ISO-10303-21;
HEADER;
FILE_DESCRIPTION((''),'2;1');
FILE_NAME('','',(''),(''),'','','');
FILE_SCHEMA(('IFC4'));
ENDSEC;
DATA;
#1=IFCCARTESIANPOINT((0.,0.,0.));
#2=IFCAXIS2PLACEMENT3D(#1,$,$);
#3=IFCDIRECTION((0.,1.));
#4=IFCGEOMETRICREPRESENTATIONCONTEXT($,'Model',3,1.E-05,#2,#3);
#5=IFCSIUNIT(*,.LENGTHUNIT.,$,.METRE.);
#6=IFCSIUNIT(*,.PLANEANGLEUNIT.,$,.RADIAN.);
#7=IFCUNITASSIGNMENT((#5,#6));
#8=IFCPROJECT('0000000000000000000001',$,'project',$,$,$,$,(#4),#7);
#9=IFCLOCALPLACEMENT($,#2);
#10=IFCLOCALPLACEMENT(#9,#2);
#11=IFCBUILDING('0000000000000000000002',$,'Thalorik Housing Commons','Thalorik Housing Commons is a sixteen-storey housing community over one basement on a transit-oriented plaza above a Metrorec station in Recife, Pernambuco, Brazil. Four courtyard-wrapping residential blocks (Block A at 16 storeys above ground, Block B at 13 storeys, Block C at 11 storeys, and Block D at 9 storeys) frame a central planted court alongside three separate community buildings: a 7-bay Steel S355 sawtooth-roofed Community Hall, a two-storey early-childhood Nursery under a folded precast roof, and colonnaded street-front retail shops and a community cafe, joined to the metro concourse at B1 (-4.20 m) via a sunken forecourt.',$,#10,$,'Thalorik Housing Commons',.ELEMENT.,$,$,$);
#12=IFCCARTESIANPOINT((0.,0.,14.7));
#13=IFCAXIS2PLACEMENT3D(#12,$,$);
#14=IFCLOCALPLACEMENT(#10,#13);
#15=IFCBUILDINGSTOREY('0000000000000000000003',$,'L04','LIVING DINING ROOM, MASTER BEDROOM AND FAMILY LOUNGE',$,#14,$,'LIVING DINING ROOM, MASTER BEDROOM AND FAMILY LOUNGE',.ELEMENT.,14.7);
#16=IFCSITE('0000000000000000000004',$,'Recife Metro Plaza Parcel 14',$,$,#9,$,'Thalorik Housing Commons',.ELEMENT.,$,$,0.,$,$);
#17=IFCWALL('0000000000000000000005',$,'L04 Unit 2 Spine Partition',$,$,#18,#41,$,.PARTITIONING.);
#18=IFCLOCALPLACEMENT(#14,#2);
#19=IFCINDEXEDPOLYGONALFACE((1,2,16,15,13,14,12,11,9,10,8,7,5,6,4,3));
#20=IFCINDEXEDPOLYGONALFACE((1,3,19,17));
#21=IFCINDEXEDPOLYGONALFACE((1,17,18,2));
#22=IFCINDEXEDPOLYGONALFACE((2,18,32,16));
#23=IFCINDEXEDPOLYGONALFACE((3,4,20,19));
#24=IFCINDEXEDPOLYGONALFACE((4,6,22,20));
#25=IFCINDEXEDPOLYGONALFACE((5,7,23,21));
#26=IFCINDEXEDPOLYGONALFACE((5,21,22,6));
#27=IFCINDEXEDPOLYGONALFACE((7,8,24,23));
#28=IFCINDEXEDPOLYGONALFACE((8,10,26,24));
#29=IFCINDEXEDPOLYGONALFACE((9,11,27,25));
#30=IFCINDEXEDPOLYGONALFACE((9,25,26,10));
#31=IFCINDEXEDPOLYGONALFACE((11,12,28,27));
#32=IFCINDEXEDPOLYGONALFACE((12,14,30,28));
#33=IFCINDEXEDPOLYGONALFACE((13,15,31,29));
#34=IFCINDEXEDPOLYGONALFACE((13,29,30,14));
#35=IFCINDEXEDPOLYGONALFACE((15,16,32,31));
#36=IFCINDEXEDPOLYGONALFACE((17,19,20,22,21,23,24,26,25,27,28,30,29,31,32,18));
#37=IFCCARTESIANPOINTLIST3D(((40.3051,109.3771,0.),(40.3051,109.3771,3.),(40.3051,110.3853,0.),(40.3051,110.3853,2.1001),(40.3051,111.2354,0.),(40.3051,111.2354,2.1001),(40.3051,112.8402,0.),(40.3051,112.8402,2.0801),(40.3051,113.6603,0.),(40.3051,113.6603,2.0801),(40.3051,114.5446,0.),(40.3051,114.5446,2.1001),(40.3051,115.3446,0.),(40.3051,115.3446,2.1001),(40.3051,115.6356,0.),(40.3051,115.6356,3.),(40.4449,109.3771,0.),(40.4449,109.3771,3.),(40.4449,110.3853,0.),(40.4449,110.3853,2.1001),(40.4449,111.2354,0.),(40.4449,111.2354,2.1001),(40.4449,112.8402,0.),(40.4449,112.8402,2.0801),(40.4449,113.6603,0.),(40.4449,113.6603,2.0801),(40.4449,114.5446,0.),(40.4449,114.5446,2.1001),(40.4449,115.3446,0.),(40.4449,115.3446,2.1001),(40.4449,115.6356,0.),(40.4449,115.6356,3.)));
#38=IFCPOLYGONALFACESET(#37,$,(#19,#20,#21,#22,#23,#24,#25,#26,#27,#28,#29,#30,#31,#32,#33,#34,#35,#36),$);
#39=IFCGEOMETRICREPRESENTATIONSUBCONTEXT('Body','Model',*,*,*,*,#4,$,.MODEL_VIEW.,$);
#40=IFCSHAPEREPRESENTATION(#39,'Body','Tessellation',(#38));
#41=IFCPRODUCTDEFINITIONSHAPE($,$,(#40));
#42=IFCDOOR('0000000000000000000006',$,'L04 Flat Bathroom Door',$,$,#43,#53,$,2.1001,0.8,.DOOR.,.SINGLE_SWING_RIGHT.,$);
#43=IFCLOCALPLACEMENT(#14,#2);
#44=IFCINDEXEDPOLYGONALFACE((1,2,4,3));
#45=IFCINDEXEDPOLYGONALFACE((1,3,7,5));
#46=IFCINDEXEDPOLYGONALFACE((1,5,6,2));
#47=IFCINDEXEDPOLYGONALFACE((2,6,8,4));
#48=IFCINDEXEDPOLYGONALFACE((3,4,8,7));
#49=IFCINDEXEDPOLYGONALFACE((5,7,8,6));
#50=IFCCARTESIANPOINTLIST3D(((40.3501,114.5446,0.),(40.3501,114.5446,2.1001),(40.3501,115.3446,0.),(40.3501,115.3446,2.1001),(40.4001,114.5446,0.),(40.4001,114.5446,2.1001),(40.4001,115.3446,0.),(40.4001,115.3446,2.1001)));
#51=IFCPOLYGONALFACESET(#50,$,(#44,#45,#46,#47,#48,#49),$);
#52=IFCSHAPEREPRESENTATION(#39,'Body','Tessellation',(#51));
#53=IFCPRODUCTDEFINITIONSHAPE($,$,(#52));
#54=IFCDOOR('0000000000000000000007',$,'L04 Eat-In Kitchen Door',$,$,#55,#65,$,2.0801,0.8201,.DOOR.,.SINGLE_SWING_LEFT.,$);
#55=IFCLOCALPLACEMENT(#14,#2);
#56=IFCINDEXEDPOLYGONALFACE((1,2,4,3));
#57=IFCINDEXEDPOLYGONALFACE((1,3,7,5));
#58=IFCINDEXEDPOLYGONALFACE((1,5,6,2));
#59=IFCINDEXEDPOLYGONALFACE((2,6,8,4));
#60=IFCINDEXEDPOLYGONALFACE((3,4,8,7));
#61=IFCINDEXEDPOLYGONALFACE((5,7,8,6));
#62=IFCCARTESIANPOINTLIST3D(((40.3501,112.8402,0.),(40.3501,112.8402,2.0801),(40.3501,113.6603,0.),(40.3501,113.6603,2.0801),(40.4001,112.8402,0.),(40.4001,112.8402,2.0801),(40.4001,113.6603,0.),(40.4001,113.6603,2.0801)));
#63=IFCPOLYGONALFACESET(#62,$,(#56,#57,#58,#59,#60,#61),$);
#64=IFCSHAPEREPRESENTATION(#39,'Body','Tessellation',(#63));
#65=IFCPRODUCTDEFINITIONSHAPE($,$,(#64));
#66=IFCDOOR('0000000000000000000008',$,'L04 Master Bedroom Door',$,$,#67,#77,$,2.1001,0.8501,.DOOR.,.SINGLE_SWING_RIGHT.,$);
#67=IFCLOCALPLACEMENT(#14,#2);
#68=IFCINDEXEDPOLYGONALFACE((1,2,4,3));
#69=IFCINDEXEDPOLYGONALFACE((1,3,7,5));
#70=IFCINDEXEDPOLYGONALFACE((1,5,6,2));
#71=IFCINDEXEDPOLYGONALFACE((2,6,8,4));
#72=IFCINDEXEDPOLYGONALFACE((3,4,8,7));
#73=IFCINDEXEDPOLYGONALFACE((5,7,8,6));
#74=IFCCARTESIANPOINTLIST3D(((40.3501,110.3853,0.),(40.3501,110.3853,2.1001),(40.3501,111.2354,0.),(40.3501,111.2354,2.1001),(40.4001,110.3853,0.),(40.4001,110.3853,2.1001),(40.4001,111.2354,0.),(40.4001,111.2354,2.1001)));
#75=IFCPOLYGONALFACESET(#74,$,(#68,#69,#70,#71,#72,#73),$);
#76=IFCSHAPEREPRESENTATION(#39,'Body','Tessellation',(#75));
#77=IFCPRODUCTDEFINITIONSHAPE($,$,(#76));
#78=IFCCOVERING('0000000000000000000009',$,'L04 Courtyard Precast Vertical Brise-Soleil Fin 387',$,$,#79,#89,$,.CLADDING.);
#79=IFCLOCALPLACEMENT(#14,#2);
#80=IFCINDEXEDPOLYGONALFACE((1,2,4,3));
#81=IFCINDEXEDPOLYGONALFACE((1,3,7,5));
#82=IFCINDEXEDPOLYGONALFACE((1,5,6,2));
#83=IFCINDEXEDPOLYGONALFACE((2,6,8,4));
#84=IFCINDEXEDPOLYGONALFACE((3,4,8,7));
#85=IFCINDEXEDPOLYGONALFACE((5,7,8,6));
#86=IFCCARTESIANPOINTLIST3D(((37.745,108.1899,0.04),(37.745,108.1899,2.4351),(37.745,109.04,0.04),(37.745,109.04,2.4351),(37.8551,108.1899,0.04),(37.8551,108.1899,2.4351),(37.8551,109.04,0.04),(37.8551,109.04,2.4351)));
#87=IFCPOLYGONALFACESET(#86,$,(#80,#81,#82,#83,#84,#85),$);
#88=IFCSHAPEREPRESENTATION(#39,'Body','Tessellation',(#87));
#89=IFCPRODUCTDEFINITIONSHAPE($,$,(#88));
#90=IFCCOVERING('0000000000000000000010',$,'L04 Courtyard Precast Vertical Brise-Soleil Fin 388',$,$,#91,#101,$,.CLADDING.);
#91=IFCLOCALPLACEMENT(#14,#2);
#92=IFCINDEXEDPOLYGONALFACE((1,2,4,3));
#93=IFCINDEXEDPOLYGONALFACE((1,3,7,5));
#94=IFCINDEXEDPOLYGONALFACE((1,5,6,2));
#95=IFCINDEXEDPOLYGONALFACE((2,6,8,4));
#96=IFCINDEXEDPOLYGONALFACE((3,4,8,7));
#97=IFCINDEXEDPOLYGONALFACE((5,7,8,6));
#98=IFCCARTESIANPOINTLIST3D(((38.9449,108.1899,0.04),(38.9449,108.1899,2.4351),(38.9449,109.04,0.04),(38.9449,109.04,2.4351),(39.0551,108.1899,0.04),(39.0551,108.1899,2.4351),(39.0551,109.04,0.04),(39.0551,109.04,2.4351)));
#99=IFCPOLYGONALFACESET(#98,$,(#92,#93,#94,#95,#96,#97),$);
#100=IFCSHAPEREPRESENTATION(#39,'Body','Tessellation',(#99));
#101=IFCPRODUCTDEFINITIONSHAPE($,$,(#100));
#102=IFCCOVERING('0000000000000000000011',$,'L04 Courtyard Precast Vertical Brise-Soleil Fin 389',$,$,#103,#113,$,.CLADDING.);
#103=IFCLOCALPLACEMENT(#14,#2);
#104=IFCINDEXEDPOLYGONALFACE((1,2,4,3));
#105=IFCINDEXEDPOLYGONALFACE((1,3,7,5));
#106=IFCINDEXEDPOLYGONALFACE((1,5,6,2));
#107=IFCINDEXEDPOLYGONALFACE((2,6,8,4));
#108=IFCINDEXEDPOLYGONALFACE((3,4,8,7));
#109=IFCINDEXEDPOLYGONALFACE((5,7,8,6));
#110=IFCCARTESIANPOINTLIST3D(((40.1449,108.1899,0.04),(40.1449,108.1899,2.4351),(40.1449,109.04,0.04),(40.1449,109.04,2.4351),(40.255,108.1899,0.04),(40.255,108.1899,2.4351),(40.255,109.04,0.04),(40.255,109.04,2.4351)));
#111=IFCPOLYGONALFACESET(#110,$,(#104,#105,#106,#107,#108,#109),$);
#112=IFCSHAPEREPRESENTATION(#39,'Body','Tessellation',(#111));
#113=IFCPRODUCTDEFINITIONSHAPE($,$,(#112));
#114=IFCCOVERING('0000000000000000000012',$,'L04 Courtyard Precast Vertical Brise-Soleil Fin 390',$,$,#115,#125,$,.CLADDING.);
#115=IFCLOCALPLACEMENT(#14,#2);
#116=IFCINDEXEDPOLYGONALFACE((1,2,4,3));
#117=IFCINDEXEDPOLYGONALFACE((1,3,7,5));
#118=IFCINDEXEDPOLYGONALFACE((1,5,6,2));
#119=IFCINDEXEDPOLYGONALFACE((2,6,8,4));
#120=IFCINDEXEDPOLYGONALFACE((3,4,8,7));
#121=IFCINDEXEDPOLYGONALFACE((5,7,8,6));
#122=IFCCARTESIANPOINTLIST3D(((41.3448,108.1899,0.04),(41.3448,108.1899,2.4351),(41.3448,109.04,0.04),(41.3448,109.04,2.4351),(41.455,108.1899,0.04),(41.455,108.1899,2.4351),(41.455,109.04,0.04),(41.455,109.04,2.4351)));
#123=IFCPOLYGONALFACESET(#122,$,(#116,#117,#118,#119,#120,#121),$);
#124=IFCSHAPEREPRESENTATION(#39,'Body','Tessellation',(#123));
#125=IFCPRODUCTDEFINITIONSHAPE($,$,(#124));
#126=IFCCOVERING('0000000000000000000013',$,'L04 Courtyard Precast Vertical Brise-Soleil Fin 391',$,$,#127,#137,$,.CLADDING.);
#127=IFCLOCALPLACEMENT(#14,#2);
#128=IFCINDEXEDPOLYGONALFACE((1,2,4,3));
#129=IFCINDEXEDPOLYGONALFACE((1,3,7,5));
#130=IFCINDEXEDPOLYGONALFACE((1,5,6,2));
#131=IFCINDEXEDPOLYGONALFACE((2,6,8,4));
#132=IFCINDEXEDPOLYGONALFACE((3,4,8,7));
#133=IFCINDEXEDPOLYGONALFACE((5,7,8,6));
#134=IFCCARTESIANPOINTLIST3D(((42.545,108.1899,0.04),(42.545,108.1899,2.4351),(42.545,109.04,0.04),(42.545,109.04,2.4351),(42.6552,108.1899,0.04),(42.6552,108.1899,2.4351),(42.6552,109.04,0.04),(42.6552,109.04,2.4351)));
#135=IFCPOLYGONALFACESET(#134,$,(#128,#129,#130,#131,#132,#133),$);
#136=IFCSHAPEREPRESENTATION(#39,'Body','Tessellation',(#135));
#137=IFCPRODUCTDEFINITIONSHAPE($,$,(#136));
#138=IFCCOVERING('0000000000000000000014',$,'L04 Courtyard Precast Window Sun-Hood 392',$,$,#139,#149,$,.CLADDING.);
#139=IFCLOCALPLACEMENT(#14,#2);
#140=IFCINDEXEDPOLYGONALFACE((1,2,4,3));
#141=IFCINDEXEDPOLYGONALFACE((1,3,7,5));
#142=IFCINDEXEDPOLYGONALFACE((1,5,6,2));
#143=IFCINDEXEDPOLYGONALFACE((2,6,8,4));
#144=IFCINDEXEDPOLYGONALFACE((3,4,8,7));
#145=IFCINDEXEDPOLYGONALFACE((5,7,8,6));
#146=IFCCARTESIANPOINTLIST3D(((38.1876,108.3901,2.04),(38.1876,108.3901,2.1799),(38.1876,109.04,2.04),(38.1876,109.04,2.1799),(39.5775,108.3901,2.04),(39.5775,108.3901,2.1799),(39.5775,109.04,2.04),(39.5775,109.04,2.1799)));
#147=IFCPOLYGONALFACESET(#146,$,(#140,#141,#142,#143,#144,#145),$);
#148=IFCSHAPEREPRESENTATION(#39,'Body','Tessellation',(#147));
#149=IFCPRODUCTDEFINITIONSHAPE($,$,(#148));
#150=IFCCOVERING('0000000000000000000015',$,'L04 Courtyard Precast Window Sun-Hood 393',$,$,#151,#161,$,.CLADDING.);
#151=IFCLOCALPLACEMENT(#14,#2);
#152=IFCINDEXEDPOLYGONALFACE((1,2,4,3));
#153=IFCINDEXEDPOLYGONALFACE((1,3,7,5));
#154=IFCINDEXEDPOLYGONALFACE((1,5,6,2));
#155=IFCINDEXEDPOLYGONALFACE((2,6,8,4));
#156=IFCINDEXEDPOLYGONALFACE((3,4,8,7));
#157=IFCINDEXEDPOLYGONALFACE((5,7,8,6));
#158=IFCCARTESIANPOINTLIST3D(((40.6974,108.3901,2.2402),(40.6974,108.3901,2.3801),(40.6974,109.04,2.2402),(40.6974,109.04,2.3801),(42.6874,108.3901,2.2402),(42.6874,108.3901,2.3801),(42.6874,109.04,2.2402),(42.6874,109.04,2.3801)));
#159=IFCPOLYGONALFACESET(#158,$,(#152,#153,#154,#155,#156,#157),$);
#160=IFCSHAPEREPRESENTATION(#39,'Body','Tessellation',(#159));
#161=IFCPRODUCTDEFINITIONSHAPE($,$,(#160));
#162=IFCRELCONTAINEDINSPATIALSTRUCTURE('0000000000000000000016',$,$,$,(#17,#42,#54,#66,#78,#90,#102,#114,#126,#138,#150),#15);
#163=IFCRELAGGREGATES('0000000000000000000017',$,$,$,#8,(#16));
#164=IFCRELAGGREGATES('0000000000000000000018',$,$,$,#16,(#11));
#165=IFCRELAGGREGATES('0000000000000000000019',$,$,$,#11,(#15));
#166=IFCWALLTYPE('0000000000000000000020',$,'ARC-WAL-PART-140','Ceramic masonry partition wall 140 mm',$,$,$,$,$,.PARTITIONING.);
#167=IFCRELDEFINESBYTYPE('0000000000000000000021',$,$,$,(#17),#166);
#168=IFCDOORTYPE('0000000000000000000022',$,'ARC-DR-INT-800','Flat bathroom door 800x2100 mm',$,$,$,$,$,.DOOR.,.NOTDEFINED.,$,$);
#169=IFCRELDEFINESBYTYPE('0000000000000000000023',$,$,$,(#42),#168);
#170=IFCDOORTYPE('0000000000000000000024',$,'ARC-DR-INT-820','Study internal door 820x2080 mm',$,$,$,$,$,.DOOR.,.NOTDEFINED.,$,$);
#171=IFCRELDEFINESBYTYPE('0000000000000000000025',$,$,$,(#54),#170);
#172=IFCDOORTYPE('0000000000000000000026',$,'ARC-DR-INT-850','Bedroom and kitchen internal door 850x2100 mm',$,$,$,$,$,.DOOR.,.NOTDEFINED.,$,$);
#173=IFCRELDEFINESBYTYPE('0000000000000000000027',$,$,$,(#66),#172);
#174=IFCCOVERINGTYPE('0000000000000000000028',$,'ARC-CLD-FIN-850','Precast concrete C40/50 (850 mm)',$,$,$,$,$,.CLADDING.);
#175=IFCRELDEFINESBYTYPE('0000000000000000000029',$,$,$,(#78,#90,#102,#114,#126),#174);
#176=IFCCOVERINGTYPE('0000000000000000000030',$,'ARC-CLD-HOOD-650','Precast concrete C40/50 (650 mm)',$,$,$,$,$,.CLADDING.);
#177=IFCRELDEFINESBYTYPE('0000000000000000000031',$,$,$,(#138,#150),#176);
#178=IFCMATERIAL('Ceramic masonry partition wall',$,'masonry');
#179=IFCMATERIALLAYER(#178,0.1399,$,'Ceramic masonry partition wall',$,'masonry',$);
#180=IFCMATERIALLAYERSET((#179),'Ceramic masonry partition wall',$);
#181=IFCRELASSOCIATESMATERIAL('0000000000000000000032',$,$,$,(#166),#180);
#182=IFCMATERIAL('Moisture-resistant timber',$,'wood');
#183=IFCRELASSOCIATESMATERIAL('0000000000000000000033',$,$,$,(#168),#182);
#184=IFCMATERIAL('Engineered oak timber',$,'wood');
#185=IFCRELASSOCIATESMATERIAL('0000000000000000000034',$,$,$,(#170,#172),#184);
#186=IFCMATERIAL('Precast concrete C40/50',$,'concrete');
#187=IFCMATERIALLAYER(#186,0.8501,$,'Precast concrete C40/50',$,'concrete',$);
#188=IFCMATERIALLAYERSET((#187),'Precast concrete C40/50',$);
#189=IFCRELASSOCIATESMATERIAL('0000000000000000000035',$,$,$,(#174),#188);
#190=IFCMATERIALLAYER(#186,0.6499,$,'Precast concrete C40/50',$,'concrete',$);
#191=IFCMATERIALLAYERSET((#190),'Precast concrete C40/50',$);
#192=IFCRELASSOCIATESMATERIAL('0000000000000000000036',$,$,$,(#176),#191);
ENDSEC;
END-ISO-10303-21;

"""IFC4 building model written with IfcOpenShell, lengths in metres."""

from ifc_helpers import new_model, si_unit, direction, frame, frame_2d, origin, origin_2d, place, context, subcontext, project, spatial, rectangle, extrude, material, layer, layer_set, type_object, element, fill, save


model = new_model("IFC4")

# Units and contexts
model_context = context("Model", 3, precision=1e-05, world=origin(), true_north=direction((0.0, 1.0)))
body_context = subcontext(model_context, "Body", "Model", "MODEL_VIEW")
ifc_project = project(units=[si_unit("LENGTHUNIT", "METRE"), si_unit("PLANEANGLEUNIT", "RADIAN")], contexts=[model_context])

# Site, building, storey
site_placement = place(None, origin())
site = spatial("IfcSite", under=ifc_project, at=site_placement, Name="Recife Metro Plaza Parcel 14", LongName="Thalorik Housing Commons", CompositionType="ELEMENT", RefElevation=0.0)
building_placement = place(site_placement, origin())
building = spatial("IfcBuilding", under=site, at=building_placement, Name="Thalorik Housing Commons", Description="Thalorik Housing Commons is a sixteen-storey housing community over one basement on a transit-oriented plaza above a Metrorec station in Recife, Pernambuco, Brazil. Four courtyard-wrapping residential blocks (Block A at 16 storeys above ground, Block B at 13 storeys, Block C at 11 storeys, and Block D at 9 storeys) frame a central planted court alongside three separate community buildings: a 7-bay Steel S355 sawtooth-roofed Community Hall, a two-storey early-childhood Nursery under a folded precast roof, and colonnaded street-front retail shops and a community cafe, joined to the metro concourse at B1 (-4.20 m) via a sunken forecourt.", LongName="Thalorik Housing Commons", CompositionType="ELEMENT")
storey_placement = place(building_placement, frame((0.0, 0.0, 14.7)))
storey = spatial("IfcBuildingStorey", under=building, at=storey_placement, Name="L04", Description="LIVING DINING ROOM, MASTER BEDROOM AND FAMILY LOUNGE", LongName="LIVING DINING ROOM, MASTER BEDROOM AND FAMILY LOUNGE", CompositionType="ELEMENT", Elevation=14.7)

# Shared definitions
ifc_material_1 = material(Name="Precast concrete C40/50", Category="concrete")

# Wall, openings, doors
ifc_material_2 = material(Name="Ceramic masonry partition wall", Category="masonry")
ifc_layer_1 = layer(ifc_material_2, 0.1399, Name="Ceramic masonry partition wall", Category="masonry")
ifc_layer_set_1 = layer_set([ifc_layer_1], Name="Ceramic masonry partition wall")
wall_type_1 = type_object("IfcWallType", Name="ARC-WAL-PART-140", Description="Ceramic masonry partition wall 140 mm", PredefinedType="PARTITIONING", material=ifc_layer_set_1)
wall_1_placement = place(storey_placement, frame((40.375, 109.377, 0.0), z_axis=(0.0, 0.0, 1.0), x_axis=(0.0, 1.0, 0.0)))
wall_1 = element("IfcWall", 1, at=wall_1_placement, inside=storey, type_object=wall_type_1, Name="L04 Unit 2 Spine Partition", PredefinedType="PARTITIONING", context=body_context, shape_type="SweptSolid", body=[
    extrude(rectangle(XDim=6.2585, YDim=0.1399, at=frame_2d((3.1294, 0.0))), origin(), (0.0, 0.0, 1.0), 3.0),
])
opening_1_placement = place(wall_1_placement, frame((1.0083, 0.0, 0.0)))
opening_1 = element("IfcOpeningElement", 2, at=opening_1_placement, cuts=wall_1, PredefinedType="OPENING", context=body_context, shape_type="SweptSolid", body=[
    extrude(rectangle(XDim=0.8501, YDim=2.1001, at=frame_2d((0.425, 1.05))), frame((0.0, 0.0801, 0.0), z_axis=(0.0, -1.0, 0.0), x_axis=(1.0, 0.0, 0.0)), (0.0, 0.0, 1.0), 0.1599),
])
opening_2_placement = place(wall_1_placement, frame((3.4631, 0.0, 0.0)))
opening_2 = element("IfcOpeningElement", 3, at=opening_2_placement, cuts=wall_1, PredefinedType="OPENING", context=body_context, shape_type="SweptSolid", body=[
    extrude(rectangle(XDim=0.8201, YDim=2.0801, at=frame_2d((0.4102, 1.04))), frame((0.0, 0.0801, 0.0), z_axis=(0.0, -1.0, 0.0), x_axis=(1.0, 0.0, 0.0)), (0.0, 0.0, 1.0), 0.1599),
])
opening_3_placement = place(wall_1_placement, frame((5.1677, 0.0, 0.0)))
opening_3 = element("IfcOpeningElement", 4, at=opening_3_placement, cuts=wall_1, PredefinedType="OPENING", context=body_context, shape_type="SweptSolid", body=[
    extrude(rectangle(XDim=0.8, YDim=2.1001, at=frame_2d((0.3999, 1.05))), frame((0.0, 0.0801, 0.0), z_axis=(0.0, -1.0, 0.0), x_axis=(1.0, 0.0, 0.0)), (0.0, 0.0, 1.0), 0.1599),
])
ifc_material_3 = material(Name="Moisture-resistant timber", Category="wood")
door_type_1 = type_object("IfcDoorType", Name="ARC-DR-INT-800", Description="Flat bathroom door 800x2100 mm", OperationType="NOTDEFINED", PredefinedType="DOOR", material=ifc_material_3)
door_1_placement = place(opening_3_placement, origin())
door_1 = element("IfcDoor", 5, at=door_1_placement, inside=storey, type_object=door_type_1, Name="L04 Flat Bathroom Door", OperationType="SINGLE_SWING_RIGHT", OverallHeight=2.1001, OverallWidth=0.8, PredefinedType="DOOR", context=body_context, shape_type="SweptSolid", body=[
    extrude(rectangle(XDim=0.8, YDim=2.1001, at=frame_2d((0.3999, 1.05))), frame((0.0, 0.0249, 0.0), z_axis=(0.0, -1.0, 0.0), x_axis=(1.0, 0.0, 0.0)), (0.0, 0.0, 1.0), 0.05),
])
fill(opening_3, door_1)
ifc_material_4 = material(Name="Engineered oak timber", Category="wood")
door_type_2 = type_object("IfcDoorType", Name="ARC-DR-INT-820", Description="Study internal door 820x2080 mm", OperationType="NOTDEFINED", PredefinedType="DOOR", material=ifc_material_4)
door_2_placement = place(opening_2_placement, origin())
door_2 = element("IfcDoor", 6, at=door_2_placement, inside=storey, type_object=door_type_2, Name="L04 Eat-In Kitchen Door", OperationType="SINGLE_SWING_LEFT", OverallHeight=2.0801, OverallWidth=0.8201, PredefinedType="DOOR", context=body_context, shape_type="SweptSolid", body=[
    extrude(rectangle(XDim=0.8201, YDim=2.0801, at=frame_2d((0.4102, 1.04))), frame((0.0, 0.0249, 0.0), z_axis=(0.0, -1.0, 0.0), x_axis=(1.0, 0.0, 0.0)), (0.0, 0.0, 1.0), 0.05),
])
fill(opening_2, door_2)
door_type_3 = type_object("IfcDoorType", Name="ARC-DR-INT-850", Description="Bedroom and kitchen internal door 850x2100 mm", OperationType="NOTDEFINED", PredefinedType="DOOR", material=ifc_material_4)
door_3_placement = place(opening_1_placement, origin())
door_3 = element("IfcDoor", 7, at=door_3_placement, inside=storey, type_object=door_type_3, Name="L04 Master Bedroom Door", OperationType="SINGLE_SWING_RIGHT", OverallHeight=2.1001, OverallWidth=0.8501, PredefinedType="DOOR", context=body_context, shape_type="SweptSolid", body=[
    extrude(rectangle(XDim=0.8501, YDim=2.1001, at=frame_2d((0.425, 1.05))), frame((0.0, 0.0249, 0.0), z_axis=(0.0, -1.0, 0.0), x_axis=(1.0, 0.0, 0.0)), (0.0, 0.0, 1.0), 0.05),
])
fill(opening_1, door_3)

# Coverings
ifc_layer_2 = layer(ifc_material_1, 0.8501, Name="Precast concrete C40/50", Category="concrete")
ifc_layer_set_2 = layer_set([ifc_layer_2], Name="Precast concrete C40/50")
covering_type_1 = type_object("IfcCoveringType", Name="ARC-CLD-FIN-850", Description="Precast concrete C40/50 (850 mm)", PredefinedType="CLADDING", material=ifc_layer_set_2)
for number, where, z_axis, x_axis, name in (
    (8, (37.8, 108.615, 0.04), (0.0, 0.0, 1.0), (1.0, 0.0, 0.0), "L04 Courtyard Precast Vertical Brise-Soleil Fin 387"),
    (9, (39.0, 108.615, 0.04), (0.0, 0.0, 1.0), (1.0, 0.0, 0.0), "L04 Courtyard Precast Vertical Brise-Soleil Fin 388"),
    (10, (40.2, 108.615, 0.04), (0.0, 0.0, 1.0), (1.0, 0.0, 0.0), "L04 Courtyard Precast Vertical Brise-Soleil Fin 389"),
    (11, (41.3999, 108.615, 0.04), (0.0, 0.0, 1.0), (1.0, 0.0, 0.0), "L04 Courtyard Precast Vertical Brise-Soleil Fin 390"),
    (12, (42.6001, 108.615, 0.04), (0.0, 0.0, 1.0), (1.0, 0.0, 0.0), "L04 Courtyard Precast Vertical Brise-Soleil Fin 391"),
):
    element("IfcCovering", number, at=place(storey_placement, frame(where, z_axis=z_axis, x_axis=x_axis)), inside=storey, type_object=covering_type_1, Name=name, PredefinedType="CLADDING", context=body_context, shape_type="SweptSolid", body=[
        extrude(rectangle(XDim=0.1101, YDim=0.8501, at=origin_2d()), origin(), (0.0, 0.0, 1.0), 2.395),
    ])
ifc_layer_3 = layer(ifc_material_1, 0.6499, Name="Precast concrete C40/50", Category="concrete")
ifc_layer_set_3 = layer_set([ifc_layer_3], Name="Precast concrete C40/50")
covering_type_2 = type_object("IfcCoveringType", Name="ARC-CLD-HOOD-650", Description="Precast concrete C40/50 (650 mm)", PredefinedType="CLADDING", material=ifc_layer_set_3)
covering_1_placement = place(storey_placement, frame((38.8826, 108.7151, 2.04), z_axis=(0.0, 0.0, 1.0), x_axis=(1.0, 0.0, 0.0)))
element("IfcCovering", 13, at=covering_1_placement, inside=storey, type_object=covering_type_2, Name="L04 Courtyard Precast Window Sun-Hood 392", PredefinedType="CLADDING", context=body_context, shape_type="SweptSolid", body=[
    extrude(rectangle(XDim=1.3899, YDim=0.6499, at=origin_2d()), origin(), (0.0, 0.0, 1.0), 0.1399),
])
covering_2_placement = place(storey_placement, frame((41.6924, 108.7151, 2.2402), z_axis=(0.0, 0.0, 1.0), x_axis=(1.0, 0.0, 0.0)))
element("IfcCovering", 14, at=covering_2_placement, inside=storey, type_object=covering_type_2, Name="L04 Courtyard Precast Window Sun-Hood 393", PredefinedType="CLADDING", context=body_context, shape_type="SweptSolid", body=[
    extrude(rectangle(XDim=1.99, YDim=0.6499, at=origin_2d()), origin(), (0.0, 0.0, 1.0), 0.1399),
])

save(model, "model.ifc")
